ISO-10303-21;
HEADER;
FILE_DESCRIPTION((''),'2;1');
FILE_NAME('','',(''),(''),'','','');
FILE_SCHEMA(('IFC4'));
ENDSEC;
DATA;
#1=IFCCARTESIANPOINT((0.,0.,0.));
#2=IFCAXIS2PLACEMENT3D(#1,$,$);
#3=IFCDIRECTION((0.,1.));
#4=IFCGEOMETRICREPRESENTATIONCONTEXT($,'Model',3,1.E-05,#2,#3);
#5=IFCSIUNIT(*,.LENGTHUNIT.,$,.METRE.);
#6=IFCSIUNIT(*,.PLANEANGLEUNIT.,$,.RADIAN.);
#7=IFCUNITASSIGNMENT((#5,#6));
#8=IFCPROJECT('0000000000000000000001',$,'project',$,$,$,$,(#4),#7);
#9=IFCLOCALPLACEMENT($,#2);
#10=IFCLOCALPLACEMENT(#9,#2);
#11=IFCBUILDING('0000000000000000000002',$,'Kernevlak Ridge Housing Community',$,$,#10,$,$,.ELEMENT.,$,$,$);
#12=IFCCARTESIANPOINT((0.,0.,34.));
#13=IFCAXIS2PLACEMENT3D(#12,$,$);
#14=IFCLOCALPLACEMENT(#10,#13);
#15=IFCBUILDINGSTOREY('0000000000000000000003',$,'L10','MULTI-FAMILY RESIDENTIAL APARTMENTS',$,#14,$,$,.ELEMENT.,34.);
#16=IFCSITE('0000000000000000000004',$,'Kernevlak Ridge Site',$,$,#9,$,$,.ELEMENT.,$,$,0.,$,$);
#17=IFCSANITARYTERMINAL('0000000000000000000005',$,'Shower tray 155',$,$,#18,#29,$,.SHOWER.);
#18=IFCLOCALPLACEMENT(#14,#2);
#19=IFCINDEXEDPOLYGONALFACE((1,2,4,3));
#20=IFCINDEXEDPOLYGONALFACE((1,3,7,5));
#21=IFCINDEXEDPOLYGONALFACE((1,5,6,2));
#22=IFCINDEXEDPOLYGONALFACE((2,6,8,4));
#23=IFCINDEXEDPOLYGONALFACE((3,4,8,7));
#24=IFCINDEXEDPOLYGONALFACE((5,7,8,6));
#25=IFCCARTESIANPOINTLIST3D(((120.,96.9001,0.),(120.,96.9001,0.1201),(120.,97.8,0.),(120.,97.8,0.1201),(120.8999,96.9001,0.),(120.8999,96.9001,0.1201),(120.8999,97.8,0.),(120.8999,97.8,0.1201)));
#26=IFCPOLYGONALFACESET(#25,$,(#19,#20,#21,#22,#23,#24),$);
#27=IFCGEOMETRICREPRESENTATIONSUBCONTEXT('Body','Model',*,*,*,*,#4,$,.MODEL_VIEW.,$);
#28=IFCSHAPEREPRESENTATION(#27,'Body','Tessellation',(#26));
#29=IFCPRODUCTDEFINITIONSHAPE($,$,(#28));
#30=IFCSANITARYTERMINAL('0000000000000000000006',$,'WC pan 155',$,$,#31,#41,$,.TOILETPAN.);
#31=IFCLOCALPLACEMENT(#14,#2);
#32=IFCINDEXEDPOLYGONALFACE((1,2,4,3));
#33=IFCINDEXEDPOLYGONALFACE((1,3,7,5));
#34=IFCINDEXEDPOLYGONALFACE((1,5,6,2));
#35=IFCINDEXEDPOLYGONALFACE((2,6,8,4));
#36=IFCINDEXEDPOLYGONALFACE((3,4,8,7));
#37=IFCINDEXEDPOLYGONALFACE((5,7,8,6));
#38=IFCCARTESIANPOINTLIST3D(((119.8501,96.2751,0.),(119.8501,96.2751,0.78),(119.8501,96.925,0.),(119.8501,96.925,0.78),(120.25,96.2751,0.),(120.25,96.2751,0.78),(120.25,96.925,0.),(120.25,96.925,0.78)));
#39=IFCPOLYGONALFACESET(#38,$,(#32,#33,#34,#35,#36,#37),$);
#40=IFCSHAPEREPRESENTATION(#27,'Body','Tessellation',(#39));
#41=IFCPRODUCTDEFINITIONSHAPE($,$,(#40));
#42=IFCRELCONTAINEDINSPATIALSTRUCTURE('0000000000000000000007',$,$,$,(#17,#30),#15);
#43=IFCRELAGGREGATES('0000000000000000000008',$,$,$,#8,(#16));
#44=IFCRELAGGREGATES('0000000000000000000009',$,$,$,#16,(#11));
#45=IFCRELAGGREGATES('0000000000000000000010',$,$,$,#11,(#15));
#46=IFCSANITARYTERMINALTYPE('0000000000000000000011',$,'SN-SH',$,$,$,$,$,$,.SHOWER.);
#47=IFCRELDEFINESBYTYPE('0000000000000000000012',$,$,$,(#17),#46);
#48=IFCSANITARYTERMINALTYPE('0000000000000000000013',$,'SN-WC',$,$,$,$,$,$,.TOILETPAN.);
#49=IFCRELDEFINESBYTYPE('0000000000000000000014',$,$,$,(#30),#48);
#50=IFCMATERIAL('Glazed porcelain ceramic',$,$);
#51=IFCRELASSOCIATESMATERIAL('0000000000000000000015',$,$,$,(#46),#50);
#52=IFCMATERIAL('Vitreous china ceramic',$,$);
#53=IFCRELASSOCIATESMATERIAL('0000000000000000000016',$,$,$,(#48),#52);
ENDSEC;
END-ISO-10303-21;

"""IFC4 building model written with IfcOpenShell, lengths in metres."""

from ifc_helpers import new_model, si_unit, direction, frame, origin, origin_2d, place, context, subcontext, project, spatial, rectangle, extrude, material, type_object, element, save


model = new_model("IFC4")

# Units and contexts
model_context = context("Model", 3, precision=1e-05, world=origin(), true_north=direction((0.0, 1.0)))
body_context = subcontext(model_context, "Body", "Model", "MODEL_VIEW")
ifc_project = project(units=[si_unit("LENGTHUNIT", "METRE"), si_unit("PLANEANGLEUNIT", "RADIAN")], contexts=[model_context])

# Site, building, storey
site_placement = place(None, origin())
site = spatial("IfcSite", under=ifc_project, at=site_placement, Name="Kernevlak Ridge Site", CompositionType="ELEMENT", RefElevation=0.0)
building_placement = place(site_placement, origin())
building = spatial("IfcBuilding", under=site, at=building_placement, Name="Kernevlak Ridge Housing Community", CompositionType="ELEMENT")
storey_placement = place(building_placement, frame((0.0, 0.0, 34.0)))
storey = spatial("IfcBuildingStorey", under=building, at=storey_placement, Name="L10", Description="MULTI-FAMILY RESIDENTIAL APARTMENTS", CompositionType="ELEMENT", Elevation=34.0)

# Sanitary terminals
ifc_material_1 = material(Name="Vitreous china ceramic")
ifc_material_2 = material(Name="Glazed porcelain ceramic")
sanitary_terminal_type_1 = type_object("IfcSanitaryTerminalType", Name="SN-SH", PredefinedType="SHOWER", material=ifc_material_2)
sanitary_terminal_1_placement = place(storey_placement, frame((120.45, 97.3501, 0.0), z_axis=(0.0, 0.0, 1.0), x_axis=(1.0, 0.0, 0.0)))
element("IfcSanitaryTerminal", 1, at=sanitary_terminal_1_placement, inside=storey, type_object=sanitary_terminal_type_1, Name="Shower tray 155", PredefinedType="SHOWER", context=body_context, shape_type="SweptSolid", body=[
    extrude(rectangle(XDim=0.8999, YDim=0.8999, at=origin_2d()), origin(), (0.0, 0.0, 1.0), 0.1201),
])
sanitary_terminal_type_2 = type_object("IfcSanitaryTerminalType", Name="SN-WC", PredefinedType="TOILETPAN", material=ifc_material_1)
sanitary_terminal_2_placement = place(storey_placement, frame((120.05, 96.6001, 0.0), z_axis=(0.0, 0.0, 1.0), x_axis=(1.0, 0.0, 0.0)))
element("IfcSanitaryTerminal", 2, at=sanitary_terminal_2_placement, inside=storey, type_object=sanitary_terminal_type_2, Name="WC pan 155", PredefinedType="TOILETPAN", context=body_context, shape_type="SweptSolid", body=[
    extrude(rectangle(XDim=0.3999, YDim=0.6499, at=origin_2d()), origin(), (0.0, 0.0, 1.0), 0.78),
])

save(model, "model.ifc")
